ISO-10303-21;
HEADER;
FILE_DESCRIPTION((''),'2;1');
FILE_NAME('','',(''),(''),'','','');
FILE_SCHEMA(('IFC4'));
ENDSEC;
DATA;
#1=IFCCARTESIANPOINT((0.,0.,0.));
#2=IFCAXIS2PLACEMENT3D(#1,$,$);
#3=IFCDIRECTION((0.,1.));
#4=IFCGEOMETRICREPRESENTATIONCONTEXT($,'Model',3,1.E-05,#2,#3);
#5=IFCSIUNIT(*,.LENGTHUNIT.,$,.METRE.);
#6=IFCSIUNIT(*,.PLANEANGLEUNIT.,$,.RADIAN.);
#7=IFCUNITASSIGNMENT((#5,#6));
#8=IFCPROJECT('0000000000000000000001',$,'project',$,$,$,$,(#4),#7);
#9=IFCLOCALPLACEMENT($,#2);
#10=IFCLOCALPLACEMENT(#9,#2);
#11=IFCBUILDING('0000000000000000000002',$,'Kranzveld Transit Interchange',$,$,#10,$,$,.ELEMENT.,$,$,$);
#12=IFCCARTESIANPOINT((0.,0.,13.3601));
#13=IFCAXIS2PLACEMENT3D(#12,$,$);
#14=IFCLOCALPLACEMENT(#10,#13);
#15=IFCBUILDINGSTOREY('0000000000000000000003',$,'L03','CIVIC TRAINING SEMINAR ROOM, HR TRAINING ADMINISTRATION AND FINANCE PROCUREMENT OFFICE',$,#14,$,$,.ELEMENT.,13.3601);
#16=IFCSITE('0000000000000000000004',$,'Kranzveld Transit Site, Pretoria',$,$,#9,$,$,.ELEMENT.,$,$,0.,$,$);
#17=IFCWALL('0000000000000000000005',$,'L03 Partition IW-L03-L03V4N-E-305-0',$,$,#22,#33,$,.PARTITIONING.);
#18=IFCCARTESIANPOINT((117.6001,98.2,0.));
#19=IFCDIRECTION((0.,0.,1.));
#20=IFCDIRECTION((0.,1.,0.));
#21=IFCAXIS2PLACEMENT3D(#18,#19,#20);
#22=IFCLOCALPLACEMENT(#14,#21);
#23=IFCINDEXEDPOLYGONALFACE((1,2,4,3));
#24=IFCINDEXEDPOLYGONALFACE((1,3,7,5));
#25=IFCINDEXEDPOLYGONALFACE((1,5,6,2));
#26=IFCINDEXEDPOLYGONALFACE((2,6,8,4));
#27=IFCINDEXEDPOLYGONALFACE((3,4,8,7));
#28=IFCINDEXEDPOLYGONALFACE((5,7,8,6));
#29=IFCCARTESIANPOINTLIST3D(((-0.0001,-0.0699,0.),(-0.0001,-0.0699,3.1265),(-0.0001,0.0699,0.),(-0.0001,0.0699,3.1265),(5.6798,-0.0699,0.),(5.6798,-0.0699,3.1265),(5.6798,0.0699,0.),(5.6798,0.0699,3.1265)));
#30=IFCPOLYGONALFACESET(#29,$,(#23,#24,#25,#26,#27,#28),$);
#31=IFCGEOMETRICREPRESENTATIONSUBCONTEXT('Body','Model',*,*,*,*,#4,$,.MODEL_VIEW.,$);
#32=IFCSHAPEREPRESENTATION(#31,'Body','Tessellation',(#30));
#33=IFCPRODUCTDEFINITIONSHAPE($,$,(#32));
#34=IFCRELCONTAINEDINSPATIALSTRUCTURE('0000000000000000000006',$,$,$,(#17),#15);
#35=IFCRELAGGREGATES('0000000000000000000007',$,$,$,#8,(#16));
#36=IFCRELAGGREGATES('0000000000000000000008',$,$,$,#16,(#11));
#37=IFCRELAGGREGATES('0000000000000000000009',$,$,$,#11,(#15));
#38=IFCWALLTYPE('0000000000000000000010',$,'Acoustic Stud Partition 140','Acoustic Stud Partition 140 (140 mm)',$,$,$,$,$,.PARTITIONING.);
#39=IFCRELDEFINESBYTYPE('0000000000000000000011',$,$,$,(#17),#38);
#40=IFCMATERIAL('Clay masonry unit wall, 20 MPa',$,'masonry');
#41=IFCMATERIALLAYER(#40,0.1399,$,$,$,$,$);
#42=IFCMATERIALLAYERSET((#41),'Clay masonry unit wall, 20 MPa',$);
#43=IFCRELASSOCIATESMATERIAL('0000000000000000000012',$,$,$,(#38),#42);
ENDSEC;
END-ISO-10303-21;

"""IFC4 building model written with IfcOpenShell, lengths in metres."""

from ifc_helpers import new_model, si_unit, direction, frame, frame_2d, origin, place, context, subcontext, project, spatial, rectangle, extrude, material, layer, layer_set, type_object, element, save


model = new_model("IFC4")

# Units and contexts
model_context = context("Model", 3, precision=1e-05, world=origin(), true_north=direction((0.0, 1.0)))
body_context = subcontext(model_context, "Body", "Model", "MODEL_VIEW")
ifc_project = project(units=[si_unit("LENGTHUNIT", "METRE"), si_unit("PLANEANGLEUNIT", "RADIAN")], contexts=[model_context])

# Site, building, storey
site_placement = place(None, origin())
site = spatial("IfcSite", under=ifc_project, at=site_placement, Name="Kranzveld Transit Site, Pretoria", CompositionType="ELEMENT", RefElevation=0.0)
building_placement = place(site_placement, origin())
building = spatial("IfcBuilding", under=site, at=building_placement, Name="Kranzveld Transit Interchange", CompositionType="ELEMENT")
storey_placement = place(building_placement, frame((0.0, 0.0, 13.3601)))
storey = spatial("IfcBuildingStorey", under=building, at=storey_placement, Name="L03", Description="CIVIC TRAINING SEMINAR ROOM, HR TRAINING ADMINISTRATION AND FINANCE PROCUREMENT OFFICE", CompositionType="ELEMENT", Elevation=13.3601)

# Wall
ifc_material_1 = material(Name="Clay masonry unit wall, 20 MPa", Category="masonry")
ifc_layer_1 = layer(ifc_material_1, 0.1399)
ifc_layer_set_1 = layer_set([ifc_layer_1], Name="Clay masonry unit wall, 20 MPa")
wall_type_1 = type_object("IfcWallType", Name="Acoustic Stud Partition 140", Description="Acoustic Stud Partition 140 (140 mm)", PredefinedType="PARTITIONING", material=ifc_layer_set_1)
wall_1_placement = place(storey_placement, frame((117.6001, 98.2, 0.0), z_axis=(0.0, 0.0, 1.0), x_axis=(0.0, 1.0, 0.0)))
element("IfcWall", 1, at=wall_1_placement, inside=storey, type_object=wall_type_1, Name="L03 Partition IW-L03-L03V4N-E-305-0", PredefinedType="PARTITIONING", context=body_context, shape_type="SweptSolid", body=[
    extrude(rectangle(XDim=5.6799, YDim=0.1399, at=frame_2d((2.8398, 0.0))), origin(), (0.0, 0.0, 1.0), 3.1265),
])

save(model, "model.ifc")
